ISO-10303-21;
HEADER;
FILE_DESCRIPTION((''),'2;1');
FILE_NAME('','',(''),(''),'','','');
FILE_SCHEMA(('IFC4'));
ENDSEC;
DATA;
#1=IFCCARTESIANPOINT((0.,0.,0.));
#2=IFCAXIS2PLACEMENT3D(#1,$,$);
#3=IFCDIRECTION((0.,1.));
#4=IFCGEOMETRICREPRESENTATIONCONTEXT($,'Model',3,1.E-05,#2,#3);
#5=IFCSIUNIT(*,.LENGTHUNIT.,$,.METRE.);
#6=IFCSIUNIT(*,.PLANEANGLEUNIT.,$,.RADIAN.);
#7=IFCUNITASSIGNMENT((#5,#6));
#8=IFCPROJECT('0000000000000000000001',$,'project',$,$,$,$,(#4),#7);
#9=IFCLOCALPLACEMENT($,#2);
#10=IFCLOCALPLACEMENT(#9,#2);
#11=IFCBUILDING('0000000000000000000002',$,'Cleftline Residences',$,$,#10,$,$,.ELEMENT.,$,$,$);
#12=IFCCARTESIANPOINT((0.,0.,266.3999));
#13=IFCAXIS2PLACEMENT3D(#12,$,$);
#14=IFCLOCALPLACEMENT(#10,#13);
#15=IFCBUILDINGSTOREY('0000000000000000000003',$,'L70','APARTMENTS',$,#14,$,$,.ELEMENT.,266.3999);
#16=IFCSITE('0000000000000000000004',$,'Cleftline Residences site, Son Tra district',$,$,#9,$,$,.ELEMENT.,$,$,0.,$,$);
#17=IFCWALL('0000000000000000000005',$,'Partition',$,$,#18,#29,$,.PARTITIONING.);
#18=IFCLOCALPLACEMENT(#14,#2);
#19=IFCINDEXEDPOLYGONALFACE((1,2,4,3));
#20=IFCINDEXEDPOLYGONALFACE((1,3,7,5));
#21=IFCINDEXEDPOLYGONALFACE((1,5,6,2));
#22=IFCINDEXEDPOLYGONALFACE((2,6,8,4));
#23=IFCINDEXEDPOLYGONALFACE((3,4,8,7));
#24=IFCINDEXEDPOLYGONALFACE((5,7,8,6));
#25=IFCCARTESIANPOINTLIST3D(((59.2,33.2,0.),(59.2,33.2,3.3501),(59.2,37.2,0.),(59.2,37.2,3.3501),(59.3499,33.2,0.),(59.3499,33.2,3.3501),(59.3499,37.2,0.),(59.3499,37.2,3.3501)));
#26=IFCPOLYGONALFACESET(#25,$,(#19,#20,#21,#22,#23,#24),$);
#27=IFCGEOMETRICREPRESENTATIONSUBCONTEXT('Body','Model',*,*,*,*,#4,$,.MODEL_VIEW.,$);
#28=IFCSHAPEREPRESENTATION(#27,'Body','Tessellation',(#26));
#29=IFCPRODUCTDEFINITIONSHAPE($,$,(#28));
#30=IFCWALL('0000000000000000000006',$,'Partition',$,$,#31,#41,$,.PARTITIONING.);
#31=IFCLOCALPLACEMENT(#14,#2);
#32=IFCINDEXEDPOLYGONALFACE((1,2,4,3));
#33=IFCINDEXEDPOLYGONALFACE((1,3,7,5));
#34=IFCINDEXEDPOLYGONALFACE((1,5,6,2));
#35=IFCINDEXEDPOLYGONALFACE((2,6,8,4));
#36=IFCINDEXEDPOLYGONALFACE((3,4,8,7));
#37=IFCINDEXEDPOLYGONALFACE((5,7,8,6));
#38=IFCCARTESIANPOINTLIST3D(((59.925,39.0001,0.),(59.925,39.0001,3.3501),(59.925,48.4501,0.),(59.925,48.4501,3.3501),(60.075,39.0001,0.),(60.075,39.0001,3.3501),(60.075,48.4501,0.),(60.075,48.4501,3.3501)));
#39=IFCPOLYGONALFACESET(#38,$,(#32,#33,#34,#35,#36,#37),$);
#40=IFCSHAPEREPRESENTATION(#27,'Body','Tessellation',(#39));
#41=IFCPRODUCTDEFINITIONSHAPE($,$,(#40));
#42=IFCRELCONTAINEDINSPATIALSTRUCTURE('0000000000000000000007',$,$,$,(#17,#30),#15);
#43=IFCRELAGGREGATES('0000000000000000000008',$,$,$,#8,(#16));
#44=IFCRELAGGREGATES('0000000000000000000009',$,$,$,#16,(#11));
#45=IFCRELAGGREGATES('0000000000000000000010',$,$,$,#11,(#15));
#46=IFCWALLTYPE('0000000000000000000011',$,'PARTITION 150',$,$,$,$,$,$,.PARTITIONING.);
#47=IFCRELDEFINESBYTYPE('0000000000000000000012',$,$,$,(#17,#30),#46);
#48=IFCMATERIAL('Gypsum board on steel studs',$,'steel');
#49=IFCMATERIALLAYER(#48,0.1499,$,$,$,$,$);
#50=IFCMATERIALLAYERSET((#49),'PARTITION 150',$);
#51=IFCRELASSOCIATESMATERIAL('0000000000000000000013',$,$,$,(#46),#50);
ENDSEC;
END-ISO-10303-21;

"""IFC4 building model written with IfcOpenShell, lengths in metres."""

from ifc_helpers import new_model, si_unit, direction, frame, frame_2d, origin, place, context, subcontext, project, spatial, rectangle, extrude, material, layer, layer_set, type_object, element, save


model = new_model("IFC4")

# Units and contexts
model_context = context("Model", 3, precision=1e-05, world=origin(), true_north=direction((0.0, 1.0)))
body_context = subcontext(model_context, "Body", "Model", "MODEL_VIEW")
ifc_project = project(units=[si_unit("LENGTHUNIT", "METRE"), si_unit("PLANEANGLEUNIT", "RADIAN")], contexts=[model_context])

# Site, building, storey
site_placement = place(None, origin())
site = spatial("IfcSite", under=ifc_project, at=site_placement, Name="Cleftline Residences site, Son Tra district", CompositionType="ELEMENT", RefElevation=0.0)
building_placement = place(site_placement, origin())
building = spatial("IfcBuilding", under=site, at=building_placement, Name="Cleftline Residences", CompositionType="ELEMENT")
storey_placement = place(building_placement, frame((0.0, 0.0, 266.3999)))
storey = spatial("IfcBuildingStorey", under=building, at=storey_placement, Name="L70", Description="APARTMENTS", CompositionType="ELEMENT", Elevation=266.3999)

# Shared definitions
ifc_material_1 = material(Name="Gypsum board on steel studs", Category="steel")
ifc_layer = layer(ifc_material_1, 0.1499)
ifc_layer_set = layer_set([ifc_layer], Name="PARTITION 150")
wall_type = type_object("IfcWallType", Name="PARTITION 150", PredefinedType="PARTITIONING", material=ifc_layer_set)

# Walls
wall_1_placement = place(storey_placement, frame((59.2749, 33.2, 0.0), z_axis=(0.0, 0.0, 1.0), x_axis=(0.0, 1.0, 0.0)))
element("IfcWall", 1, at=wall_1_placement, inside=storey, type_object=wall_type, Name="Partition", PredefinedType="PARTITIONING", context=body_context, shape_type="SweptSolid", body=[
    extrude(rectangle(XDim=4.0, YDim=0.1499, at=frame_2d((2.0, 0.0))), origin(), (0.0, 0.0, 1.0), 3.3501),
])
wall_2_placement = place(storey_placement, frame((60.0, 39.0, 0.0), z_axis=(0.0, 0.0, 1.0), x_axis=(0.0, 1.0, 0.0)))
element("IfcWall", 2, at=wall_2_placement, inside=storey, type_object=wall_type, Name="Partition", PredefinedType="PARTITIONING", context=body_context, shape_type="SweptSolid", body=[
    extrude(rectangle(XDim=9.45, YDim=0.1499, at=frame_2d((4.7251, 0.0))), origin(), (0.0, 0.0, 1.0), 3.3501),
])

save(model, "model.ifc")
